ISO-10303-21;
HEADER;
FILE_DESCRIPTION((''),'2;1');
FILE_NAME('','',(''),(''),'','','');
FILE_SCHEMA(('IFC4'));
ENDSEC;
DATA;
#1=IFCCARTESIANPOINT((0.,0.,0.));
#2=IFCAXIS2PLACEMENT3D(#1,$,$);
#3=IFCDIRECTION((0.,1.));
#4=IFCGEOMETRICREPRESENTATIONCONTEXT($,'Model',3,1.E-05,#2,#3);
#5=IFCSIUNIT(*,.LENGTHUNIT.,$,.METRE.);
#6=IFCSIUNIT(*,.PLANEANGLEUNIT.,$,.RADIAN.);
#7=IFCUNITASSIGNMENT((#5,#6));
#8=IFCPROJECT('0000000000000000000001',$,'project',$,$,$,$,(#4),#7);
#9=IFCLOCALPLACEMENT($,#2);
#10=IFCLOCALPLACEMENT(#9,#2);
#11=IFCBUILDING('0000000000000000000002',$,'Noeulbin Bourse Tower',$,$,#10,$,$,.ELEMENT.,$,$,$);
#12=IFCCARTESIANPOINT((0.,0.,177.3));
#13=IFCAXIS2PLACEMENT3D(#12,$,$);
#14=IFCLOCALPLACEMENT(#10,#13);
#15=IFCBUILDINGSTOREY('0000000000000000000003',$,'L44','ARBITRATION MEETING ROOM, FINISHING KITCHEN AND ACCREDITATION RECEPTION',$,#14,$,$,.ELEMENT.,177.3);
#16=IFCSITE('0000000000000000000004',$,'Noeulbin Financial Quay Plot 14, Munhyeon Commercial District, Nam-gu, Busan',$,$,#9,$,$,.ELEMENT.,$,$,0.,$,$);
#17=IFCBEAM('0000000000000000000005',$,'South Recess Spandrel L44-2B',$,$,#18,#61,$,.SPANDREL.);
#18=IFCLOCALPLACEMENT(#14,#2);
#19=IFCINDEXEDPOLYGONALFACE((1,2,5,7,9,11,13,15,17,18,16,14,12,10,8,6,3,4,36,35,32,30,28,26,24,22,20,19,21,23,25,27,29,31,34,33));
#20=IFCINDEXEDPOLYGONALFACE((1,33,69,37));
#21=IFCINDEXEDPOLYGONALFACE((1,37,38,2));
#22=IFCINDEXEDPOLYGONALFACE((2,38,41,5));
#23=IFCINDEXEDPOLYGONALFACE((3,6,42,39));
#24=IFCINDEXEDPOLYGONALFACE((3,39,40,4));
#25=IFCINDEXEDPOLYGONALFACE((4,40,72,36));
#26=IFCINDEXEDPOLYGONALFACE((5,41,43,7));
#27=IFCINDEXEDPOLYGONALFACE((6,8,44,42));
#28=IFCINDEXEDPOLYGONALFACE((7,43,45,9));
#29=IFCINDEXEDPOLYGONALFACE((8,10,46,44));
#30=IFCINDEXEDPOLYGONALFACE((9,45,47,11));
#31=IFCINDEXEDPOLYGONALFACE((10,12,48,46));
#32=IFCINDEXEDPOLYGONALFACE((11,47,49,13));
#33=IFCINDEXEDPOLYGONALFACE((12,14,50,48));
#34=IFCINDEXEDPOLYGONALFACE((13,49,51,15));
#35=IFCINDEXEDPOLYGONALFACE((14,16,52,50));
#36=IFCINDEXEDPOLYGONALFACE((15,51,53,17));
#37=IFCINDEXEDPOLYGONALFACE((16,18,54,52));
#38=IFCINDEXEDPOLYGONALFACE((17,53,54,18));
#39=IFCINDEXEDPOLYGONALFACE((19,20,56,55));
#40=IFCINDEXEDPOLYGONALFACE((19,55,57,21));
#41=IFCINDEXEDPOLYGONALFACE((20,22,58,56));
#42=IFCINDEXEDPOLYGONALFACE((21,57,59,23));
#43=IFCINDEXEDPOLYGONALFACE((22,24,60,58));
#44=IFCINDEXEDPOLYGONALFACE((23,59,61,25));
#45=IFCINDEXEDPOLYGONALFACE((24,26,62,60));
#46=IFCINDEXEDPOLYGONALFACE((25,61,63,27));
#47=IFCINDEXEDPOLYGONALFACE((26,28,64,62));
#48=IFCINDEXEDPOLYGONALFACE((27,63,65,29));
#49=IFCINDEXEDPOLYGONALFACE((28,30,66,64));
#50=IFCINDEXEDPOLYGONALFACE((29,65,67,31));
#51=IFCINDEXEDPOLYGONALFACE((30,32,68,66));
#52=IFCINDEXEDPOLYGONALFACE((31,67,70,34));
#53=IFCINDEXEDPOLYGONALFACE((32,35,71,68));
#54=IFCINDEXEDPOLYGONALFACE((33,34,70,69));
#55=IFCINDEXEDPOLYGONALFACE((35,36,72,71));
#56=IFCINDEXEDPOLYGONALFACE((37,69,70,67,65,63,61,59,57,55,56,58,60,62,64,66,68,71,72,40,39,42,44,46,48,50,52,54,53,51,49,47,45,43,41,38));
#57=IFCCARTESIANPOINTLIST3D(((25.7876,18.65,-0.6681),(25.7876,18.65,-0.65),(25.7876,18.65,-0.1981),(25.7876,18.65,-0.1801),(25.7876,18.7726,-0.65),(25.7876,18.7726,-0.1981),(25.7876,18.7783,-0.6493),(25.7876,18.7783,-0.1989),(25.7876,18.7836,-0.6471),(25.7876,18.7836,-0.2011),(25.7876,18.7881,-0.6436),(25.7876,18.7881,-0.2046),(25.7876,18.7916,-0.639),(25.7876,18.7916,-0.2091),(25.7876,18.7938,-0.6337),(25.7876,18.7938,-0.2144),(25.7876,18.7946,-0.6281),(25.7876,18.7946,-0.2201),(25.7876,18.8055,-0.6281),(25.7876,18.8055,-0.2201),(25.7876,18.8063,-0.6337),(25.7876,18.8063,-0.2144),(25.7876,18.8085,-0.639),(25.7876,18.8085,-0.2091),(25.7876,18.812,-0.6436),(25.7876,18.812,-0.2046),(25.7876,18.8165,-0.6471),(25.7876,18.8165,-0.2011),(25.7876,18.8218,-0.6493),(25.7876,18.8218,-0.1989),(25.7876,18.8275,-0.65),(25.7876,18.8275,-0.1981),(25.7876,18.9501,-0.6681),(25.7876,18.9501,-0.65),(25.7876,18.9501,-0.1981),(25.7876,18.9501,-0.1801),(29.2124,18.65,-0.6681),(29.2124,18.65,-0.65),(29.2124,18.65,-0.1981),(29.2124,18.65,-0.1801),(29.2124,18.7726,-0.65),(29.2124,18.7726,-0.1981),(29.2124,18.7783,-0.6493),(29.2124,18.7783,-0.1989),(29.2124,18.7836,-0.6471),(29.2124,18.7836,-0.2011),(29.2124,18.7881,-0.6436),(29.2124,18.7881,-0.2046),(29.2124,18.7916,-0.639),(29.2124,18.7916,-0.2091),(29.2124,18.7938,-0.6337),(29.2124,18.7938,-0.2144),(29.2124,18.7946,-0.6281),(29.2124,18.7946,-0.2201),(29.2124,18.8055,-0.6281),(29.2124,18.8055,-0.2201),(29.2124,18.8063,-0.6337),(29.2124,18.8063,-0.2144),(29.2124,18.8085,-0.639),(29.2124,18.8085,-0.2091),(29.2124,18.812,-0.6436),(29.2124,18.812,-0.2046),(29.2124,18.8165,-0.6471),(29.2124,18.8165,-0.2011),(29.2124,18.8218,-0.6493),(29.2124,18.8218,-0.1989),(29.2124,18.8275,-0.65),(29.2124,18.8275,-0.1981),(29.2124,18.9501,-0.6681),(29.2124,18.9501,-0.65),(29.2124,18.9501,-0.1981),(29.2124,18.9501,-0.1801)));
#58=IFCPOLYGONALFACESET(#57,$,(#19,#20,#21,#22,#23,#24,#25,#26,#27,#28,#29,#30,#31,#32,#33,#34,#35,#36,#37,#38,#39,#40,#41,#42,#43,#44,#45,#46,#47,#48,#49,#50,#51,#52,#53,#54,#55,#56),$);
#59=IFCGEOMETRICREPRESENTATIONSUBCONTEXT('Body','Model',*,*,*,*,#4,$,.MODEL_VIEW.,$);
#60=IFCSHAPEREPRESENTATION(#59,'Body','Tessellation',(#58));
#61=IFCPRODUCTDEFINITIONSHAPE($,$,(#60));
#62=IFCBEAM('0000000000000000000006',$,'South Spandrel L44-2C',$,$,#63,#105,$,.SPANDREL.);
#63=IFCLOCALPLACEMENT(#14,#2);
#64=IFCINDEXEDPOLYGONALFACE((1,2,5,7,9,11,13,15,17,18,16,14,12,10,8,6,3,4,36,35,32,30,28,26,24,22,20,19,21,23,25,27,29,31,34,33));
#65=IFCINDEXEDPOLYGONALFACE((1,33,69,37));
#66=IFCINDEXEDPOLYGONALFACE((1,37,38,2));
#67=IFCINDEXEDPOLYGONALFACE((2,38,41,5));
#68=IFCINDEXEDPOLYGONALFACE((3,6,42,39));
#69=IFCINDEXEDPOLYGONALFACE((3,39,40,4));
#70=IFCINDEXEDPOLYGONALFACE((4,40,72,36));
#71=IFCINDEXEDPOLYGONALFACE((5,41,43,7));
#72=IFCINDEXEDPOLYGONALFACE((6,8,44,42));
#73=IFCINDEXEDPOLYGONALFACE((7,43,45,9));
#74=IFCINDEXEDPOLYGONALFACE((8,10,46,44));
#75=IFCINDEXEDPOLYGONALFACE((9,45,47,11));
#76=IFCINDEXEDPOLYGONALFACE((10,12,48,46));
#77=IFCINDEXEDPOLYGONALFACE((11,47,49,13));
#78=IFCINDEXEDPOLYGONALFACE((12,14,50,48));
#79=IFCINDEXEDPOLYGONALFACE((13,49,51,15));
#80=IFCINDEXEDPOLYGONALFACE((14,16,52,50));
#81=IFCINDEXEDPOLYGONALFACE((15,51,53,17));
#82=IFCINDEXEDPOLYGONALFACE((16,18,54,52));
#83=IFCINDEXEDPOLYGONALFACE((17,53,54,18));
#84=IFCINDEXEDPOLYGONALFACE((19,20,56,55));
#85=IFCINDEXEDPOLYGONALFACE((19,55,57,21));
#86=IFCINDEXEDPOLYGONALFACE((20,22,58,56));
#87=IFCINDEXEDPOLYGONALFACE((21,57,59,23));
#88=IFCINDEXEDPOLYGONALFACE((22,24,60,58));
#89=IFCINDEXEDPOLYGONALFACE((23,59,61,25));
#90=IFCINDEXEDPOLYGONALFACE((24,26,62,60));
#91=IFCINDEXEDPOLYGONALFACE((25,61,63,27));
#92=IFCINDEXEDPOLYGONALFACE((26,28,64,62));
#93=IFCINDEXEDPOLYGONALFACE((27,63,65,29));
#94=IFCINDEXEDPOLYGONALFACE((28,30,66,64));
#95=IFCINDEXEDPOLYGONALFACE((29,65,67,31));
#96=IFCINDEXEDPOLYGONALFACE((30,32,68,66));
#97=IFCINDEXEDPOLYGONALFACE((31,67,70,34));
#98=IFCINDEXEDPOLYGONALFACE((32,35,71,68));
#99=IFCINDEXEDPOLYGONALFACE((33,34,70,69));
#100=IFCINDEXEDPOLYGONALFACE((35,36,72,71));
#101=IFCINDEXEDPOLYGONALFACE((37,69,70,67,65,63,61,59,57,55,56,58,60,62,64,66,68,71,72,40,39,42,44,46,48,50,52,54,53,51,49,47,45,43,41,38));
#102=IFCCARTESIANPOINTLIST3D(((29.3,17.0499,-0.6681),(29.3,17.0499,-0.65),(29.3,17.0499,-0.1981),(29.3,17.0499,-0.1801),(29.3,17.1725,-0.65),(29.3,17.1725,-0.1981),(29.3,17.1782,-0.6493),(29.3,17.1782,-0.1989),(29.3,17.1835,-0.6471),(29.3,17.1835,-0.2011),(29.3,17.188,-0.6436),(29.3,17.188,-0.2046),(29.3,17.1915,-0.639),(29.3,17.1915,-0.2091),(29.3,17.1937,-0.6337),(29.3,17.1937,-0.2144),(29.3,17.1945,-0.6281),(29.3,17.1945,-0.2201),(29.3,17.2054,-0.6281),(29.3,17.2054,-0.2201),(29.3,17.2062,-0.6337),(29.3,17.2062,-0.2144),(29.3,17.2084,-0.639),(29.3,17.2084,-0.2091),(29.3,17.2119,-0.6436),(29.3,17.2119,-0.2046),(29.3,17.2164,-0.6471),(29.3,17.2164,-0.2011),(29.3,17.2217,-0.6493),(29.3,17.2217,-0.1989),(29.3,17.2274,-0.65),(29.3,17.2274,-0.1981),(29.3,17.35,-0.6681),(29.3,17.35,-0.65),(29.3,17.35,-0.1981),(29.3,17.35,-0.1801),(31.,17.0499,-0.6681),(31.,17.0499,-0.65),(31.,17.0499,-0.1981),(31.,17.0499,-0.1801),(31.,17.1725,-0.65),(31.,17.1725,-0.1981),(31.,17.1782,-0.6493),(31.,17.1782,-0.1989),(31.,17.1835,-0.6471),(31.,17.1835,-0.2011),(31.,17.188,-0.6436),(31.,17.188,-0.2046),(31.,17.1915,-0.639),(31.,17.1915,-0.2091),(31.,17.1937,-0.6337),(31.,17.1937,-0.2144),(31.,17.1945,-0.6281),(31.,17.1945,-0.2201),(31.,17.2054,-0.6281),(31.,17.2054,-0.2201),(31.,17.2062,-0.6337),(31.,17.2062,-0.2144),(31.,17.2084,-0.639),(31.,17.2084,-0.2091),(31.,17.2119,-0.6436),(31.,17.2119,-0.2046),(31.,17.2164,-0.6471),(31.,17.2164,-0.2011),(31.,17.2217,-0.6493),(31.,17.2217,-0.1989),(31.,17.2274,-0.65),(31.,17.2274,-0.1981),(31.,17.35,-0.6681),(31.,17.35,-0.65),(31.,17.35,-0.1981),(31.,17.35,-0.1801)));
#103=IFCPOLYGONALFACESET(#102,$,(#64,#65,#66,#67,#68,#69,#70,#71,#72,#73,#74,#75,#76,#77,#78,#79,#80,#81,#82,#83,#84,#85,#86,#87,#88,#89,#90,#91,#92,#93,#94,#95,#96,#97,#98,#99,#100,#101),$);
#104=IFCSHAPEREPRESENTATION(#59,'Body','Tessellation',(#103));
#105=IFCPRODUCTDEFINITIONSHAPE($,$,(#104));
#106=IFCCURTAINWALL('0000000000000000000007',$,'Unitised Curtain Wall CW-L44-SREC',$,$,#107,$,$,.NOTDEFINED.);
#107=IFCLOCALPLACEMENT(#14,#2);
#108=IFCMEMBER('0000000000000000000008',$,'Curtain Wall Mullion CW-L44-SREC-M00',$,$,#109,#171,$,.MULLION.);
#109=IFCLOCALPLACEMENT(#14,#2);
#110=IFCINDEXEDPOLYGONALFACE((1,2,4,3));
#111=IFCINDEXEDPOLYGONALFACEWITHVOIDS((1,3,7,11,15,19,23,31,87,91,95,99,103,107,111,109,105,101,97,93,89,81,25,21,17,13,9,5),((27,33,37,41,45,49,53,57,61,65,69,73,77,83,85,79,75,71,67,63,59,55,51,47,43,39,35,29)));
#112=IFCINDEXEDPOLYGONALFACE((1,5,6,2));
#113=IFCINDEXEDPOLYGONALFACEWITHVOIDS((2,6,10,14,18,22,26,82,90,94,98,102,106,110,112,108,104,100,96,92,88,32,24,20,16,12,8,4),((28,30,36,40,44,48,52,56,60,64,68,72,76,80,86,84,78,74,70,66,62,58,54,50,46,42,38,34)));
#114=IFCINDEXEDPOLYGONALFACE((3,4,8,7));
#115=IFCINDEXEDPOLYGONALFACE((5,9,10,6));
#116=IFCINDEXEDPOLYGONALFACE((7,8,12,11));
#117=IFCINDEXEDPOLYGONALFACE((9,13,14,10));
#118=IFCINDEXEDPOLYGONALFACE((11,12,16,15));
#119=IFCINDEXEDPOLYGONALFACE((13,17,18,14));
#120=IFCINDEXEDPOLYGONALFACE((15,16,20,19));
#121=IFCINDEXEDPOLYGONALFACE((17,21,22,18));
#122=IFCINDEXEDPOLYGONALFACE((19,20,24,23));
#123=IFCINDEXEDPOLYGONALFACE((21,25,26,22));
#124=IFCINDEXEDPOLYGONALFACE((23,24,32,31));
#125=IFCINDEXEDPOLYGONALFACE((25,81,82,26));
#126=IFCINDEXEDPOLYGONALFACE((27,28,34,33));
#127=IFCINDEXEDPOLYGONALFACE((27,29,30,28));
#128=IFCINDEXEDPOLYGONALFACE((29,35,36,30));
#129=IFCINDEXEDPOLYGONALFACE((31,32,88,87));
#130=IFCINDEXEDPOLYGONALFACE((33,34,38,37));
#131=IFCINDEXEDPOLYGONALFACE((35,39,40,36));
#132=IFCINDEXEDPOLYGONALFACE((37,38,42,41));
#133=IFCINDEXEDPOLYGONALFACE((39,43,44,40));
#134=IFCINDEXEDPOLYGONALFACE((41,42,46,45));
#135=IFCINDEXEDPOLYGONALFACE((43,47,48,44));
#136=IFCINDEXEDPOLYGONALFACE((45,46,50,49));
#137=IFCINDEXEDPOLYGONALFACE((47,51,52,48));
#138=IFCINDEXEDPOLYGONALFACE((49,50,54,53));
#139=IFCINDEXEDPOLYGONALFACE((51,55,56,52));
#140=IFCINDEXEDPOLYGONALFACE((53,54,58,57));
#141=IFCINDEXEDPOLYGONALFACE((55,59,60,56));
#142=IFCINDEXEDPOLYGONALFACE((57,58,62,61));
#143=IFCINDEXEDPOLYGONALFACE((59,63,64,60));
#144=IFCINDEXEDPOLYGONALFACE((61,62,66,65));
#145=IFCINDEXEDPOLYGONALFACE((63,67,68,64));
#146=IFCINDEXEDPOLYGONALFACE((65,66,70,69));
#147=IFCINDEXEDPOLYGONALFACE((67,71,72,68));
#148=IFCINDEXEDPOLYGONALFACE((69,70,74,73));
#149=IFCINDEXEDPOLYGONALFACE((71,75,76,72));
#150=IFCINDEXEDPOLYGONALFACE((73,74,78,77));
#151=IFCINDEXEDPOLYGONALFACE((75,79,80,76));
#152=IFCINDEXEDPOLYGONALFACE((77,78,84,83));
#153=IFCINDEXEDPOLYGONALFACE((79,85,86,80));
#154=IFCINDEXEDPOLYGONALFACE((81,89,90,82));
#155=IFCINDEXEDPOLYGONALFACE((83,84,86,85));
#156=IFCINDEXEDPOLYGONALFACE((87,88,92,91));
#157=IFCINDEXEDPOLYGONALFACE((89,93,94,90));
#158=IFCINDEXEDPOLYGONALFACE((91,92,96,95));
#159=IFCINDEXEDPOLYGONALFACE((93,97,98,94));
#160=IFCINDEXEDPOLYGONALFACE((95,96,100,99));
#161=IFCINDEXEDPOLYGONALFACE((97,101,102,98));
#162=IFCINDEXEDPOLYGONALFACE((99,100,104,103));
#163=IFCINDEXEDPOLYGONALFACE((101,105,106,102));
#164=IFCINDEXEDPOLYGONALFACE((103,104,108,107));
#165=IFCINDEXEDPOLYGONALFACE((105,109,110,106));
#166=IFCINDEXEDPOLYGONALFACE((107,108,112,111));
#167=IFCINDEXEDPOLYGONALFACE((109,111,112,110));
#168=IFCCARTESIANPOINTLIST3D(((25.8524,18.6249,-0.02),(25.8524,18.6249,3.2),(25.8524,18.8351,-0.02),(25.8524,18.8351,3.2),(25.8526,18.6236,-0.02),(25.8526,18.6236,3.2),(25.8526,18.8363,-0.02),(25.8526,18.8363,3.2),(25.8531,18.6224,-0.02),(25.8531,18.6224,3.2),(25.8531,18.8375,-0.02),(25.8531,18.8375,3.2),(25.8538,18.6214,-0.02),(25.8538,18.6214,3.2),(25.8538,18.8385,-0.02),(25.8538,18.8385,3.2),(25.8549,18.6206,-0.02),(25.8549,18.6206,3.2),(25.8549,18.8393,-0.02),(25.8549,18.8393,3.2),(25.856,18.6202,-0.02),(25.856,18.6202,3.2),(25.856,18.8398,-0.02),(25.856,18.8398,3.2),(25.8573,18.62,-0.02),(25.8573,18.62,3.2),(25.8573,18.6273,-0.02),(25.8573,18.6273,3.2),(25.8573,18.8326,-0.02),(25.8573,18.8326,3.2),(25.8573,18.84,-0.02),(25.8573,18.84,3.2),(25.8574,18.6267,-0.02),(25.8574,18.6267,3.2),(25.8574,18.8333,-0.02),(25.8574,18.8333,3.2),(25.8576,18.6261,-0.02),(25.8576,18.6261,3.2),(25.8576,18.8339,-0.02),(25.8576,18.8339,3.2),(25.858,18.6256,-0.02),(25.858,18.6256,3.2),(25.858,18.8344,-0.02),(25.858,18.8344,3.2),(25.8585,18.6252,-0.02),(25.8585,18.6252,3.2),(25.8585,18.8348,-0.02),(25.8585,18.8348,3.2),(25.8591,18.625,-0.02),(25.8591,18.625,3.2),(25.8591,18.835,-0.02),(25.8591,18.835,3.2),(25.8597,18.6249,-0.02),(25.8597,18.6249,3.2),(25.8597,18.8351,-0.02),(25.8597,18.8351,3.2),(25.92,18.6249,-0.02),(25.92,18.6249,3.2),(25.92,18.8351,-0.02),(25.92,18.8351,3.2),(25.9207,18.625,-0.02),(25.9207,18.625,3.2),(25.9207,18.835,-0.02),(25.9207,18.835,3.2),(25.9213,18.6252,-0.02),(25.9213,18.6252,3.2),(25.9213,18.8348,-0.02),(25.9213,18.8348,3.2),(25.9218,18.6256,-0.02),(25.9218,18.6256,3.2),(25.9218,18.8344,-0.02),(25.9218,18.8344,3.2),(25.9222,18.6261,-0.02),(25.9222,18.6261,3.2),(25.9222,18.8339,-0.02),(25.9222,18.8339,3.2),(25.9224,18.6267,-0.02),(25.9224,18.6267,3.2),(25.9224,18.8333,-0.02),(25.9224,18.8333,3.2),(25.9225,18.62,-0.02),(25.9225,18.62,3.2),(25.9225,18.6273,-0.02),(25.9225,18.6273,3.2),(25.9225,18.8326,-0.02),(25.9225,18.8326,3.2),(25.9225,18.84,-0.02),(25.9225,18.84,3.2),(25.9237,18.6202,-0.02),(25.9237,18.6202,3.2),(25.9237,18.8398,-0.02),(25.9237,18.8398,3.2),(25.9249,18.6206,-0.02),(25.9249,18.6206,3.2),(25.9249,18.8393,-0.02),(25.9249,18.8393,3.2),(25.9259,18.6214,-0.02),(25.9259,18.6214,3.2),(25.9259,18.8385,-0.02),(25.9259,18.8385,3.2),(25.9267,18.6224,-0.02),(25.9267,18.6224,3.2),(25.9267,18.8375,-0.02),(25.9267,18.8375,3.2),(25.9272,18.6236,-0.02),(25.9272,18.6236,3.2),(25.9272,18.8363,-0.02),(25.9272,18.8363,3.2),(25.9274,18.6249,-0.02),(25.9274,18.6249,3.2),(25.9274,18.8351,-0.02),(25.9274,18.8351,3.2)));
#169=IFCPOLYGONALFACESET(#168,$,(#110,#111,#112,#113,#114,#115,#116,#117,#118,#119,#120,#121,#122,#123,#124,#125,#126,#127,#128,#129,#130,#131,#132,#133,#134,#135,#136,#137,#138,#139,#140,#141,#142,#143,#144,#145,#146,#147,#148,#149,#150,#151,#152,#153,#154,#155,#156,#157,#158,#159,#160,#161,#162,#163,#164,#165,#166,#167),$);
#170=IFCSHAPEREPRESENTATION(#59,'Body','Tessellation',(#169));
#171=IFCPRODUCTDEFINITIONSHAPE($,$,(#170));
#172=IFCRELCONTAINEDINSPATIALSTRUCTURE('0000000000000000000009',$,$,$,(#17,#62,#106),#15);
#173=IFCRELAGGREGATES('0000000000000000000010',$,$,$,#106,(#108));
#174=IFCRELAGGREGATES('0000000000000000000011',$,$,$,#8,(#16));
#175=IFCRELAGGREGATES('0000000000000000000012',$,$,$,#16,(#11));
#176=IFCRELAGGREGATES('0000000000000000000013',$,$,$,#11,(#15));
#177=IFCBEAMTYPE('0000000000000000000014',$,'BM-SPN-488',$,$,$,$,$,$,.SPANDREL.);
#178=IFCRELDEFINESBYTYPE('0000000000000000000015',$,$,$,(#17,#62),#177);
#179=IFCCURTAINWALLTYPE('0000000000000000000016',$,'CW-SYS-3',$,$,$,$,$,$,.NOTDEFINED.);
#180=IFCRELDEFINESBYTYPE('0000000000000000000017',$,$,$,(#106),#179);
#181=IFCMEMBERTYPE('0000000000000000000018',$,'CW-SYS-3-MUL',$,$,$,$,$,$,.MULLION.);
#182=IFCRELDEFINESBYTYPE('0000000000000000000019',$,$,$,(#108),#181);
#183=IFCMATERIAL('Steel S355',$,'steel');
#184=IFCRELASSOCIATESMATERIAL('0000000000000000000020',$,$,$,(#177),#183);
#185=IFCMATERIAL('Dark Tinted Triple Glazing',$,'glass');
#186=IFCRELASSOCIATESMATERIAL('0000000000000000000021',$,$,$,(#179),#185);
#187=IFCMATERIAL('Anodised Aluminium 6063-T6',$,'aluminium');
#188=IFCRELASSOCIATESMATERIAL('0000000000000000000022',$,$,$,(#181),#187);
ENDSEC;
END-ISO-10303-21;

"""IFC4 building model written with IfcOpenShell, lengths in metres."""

from ifc_helpers import new_model, si_unit, direction, frame, origin, origin_2d, place, context, subcontext, project, spatial, hollow_rectangle, i_section, extrude, material, material_profile, profile_set, type_object, element, aggregate, save


model = new_model("IFC4")

# Units and contexts
model_context = context("Model", 3, precision=1e-05, world=origin(), true_north=direction((0.0, 1.0)))
body_context = subcontext(model_context, "Body", "Model", "MODEL_VIEW")
ifc_project = project(units=[si_unit("LENGTHUNIT", "METRE"), si_unit("PLANEANGLEUNIT", "RADIAN")], contexts=[model_context])

# Site, building, storey
site_placement = place(None, origin())
site = spatial("IfcSite", under=ifc_project, at=site_placement, Name="Noeulbin Financial Quay Plot 14, Munhyeon Commercial District, Nam-gu, Busan", CompositionType="ELEMENT", RefElevation=0.0)
building_placement = place(site_placement, origin())
building = spatial("IfcBuilding", under=site, at=building_placement, Name="Noeulbin Bourse Tower", CompositionType="ELEMENT")
storey_placement = place(building_placement, frame((0.0, 0.0, 177.3)))
storey = spatial("IfcBuildingStorey", under=building, at=storey_placement, Name="L44", Description="ARBITRATION MEETING ROOM, FINISHING KITCHEN AND ACCREDITATION RECEPTION", CompositionType="ELEMENT", Elevation=177.3)

# Beams
ifc_material_1 = material(Name="Steel S355", Category="steel")
ifc_material_profile_1 = material_profile(ifc_material_1, i_section(OverallWidth=0.3, OverallDepth=0.488, WebThickness=0.011, FlangeThickness=0.0181, FilletRadius=0.022, at=origin_2d()), Name="H-488x300x11x18", Category="LoadBearing")
ifc_profile_set_1 = profile_set([ifc_material_profile_1], Name="Steel S355")
beam_type_1 = type_object("IfcBeamType", Name="BM-SPN-488", PredefinedType="SPANDREL", material=ifc_profile_set_1)
beam_1_placement = place(storey_placement, frame((25.7876, 18.8, -0.4241), z_axis=(1.0, 0.0, 0.0), x_axis=(0.0, 1.0, 0.0)))
element("IfcBeam", 1, at=beam_1_placement, inside=storey, type_object=beam_type_1, Name="South Recess Spandrel L44-2B", PredefinedType="SPANDREL", context=body_context, shape_type="SweptSolid", body=[
    extrude(i_section(OverallWidth=0.3, OverallDepth=0.488, WebThickness=0.011, FlangeThickness=0.0181, FilletRadius=0.022, at=origin_2d()), origin(), (0.0, 0.0, 1.0), 3.4248),
])
beam_2_placement = place(storey_placement, frame((29.3, 17.2, -0.4241), z_axis=(1.0, 0.0, 0.0), x_axis=(0.0, 1.0, 0.0)))
element("IfcBeam", 2, at=beam_2_placement, inside=storey, type_object=beam_type_1, Name="South Spandrel L44-2C", PredefinedType="SPANDREL", context=body_context, shape_type="SweptSolid", body=[
    extrude(i_section(OverallWidth=0.3, OverallDepth=0.488, WebThickness=0.011, FlangeThickness=0.0181, FilletRadius=0.022, at=origin_2d()), origin(), (0.0, 0.0, 1.0), 1.7),
])

# Curtain wall, member
ifc_material_2 = material(Name="Dark Tinted Triple Glazing", Category="glass")
curtain_wall_type = type_object("IfcCurtainWallType", Name="CW-SYS-3", PredefinedType="NOTDEFINED", material=ifc_material_2)
curtain_wall_1_placement = place(storey_placement, origin())
curtain_wall_1 = element("IfcCurtainWall", 3, at=curtain_wall_1_placement, inside=storey, type_object=curtain_wall_type, Name="Unitised Curtain Wall CW-L44-SREC", PredefinedType="NOTDEFINED")
ifc_material_3 = material(Name="Anodised Aluminium 6063-T6", Category="aluminium")
ifc_material_profile_2 = material_profile(ifc_material_3, hollow_rectangle(XDim=0.075, YDim=0.22, WallThickness=0.0049, InnerFilletRadius=0.0024, OuterFilletRadius=0.0049, at=origin_2d()), Name="ALU-MULL-75x220x5", Category="LoadBearing")
ifc_profile_set_2 = profile_set([ifc_material_profile_2], Name="Anodised Aluminium 6063-T6")
member_type_1 = type_object("IfcMemberType", Name="CW-SYS-3-MUL", PredefinedType="MULLION", material=ifc_profile_set_2)
member_1_placement = place(storey_placement, frame((25.8899, 18.73, -0.02), z_axis=(0.0, 0.0, 1.0), x_axis=(1.0, 0.0, 0.0)))
member_1 = element("IfcMember", 4, at=member_1_placement, type_object=member_type_1, Name="Curtain Wall Mullion CW-L44-SREC-M00", PredefinedType="MULLION", context=body_context, shape_type="SweptSolid", body=[
    extrude(hollow_rectangle(XDim=0.075, YDim=0.22, WallThickness=0.0049, InnerFilletRadius=0.0024, OuterFilletRadius=0.0049, at=origin_2d()), origin(), (0.0, 0.0, 1.0), 3.22),
])

aggregate(curtain_wall_1, [member_1])

save(model, "model.ifc")
